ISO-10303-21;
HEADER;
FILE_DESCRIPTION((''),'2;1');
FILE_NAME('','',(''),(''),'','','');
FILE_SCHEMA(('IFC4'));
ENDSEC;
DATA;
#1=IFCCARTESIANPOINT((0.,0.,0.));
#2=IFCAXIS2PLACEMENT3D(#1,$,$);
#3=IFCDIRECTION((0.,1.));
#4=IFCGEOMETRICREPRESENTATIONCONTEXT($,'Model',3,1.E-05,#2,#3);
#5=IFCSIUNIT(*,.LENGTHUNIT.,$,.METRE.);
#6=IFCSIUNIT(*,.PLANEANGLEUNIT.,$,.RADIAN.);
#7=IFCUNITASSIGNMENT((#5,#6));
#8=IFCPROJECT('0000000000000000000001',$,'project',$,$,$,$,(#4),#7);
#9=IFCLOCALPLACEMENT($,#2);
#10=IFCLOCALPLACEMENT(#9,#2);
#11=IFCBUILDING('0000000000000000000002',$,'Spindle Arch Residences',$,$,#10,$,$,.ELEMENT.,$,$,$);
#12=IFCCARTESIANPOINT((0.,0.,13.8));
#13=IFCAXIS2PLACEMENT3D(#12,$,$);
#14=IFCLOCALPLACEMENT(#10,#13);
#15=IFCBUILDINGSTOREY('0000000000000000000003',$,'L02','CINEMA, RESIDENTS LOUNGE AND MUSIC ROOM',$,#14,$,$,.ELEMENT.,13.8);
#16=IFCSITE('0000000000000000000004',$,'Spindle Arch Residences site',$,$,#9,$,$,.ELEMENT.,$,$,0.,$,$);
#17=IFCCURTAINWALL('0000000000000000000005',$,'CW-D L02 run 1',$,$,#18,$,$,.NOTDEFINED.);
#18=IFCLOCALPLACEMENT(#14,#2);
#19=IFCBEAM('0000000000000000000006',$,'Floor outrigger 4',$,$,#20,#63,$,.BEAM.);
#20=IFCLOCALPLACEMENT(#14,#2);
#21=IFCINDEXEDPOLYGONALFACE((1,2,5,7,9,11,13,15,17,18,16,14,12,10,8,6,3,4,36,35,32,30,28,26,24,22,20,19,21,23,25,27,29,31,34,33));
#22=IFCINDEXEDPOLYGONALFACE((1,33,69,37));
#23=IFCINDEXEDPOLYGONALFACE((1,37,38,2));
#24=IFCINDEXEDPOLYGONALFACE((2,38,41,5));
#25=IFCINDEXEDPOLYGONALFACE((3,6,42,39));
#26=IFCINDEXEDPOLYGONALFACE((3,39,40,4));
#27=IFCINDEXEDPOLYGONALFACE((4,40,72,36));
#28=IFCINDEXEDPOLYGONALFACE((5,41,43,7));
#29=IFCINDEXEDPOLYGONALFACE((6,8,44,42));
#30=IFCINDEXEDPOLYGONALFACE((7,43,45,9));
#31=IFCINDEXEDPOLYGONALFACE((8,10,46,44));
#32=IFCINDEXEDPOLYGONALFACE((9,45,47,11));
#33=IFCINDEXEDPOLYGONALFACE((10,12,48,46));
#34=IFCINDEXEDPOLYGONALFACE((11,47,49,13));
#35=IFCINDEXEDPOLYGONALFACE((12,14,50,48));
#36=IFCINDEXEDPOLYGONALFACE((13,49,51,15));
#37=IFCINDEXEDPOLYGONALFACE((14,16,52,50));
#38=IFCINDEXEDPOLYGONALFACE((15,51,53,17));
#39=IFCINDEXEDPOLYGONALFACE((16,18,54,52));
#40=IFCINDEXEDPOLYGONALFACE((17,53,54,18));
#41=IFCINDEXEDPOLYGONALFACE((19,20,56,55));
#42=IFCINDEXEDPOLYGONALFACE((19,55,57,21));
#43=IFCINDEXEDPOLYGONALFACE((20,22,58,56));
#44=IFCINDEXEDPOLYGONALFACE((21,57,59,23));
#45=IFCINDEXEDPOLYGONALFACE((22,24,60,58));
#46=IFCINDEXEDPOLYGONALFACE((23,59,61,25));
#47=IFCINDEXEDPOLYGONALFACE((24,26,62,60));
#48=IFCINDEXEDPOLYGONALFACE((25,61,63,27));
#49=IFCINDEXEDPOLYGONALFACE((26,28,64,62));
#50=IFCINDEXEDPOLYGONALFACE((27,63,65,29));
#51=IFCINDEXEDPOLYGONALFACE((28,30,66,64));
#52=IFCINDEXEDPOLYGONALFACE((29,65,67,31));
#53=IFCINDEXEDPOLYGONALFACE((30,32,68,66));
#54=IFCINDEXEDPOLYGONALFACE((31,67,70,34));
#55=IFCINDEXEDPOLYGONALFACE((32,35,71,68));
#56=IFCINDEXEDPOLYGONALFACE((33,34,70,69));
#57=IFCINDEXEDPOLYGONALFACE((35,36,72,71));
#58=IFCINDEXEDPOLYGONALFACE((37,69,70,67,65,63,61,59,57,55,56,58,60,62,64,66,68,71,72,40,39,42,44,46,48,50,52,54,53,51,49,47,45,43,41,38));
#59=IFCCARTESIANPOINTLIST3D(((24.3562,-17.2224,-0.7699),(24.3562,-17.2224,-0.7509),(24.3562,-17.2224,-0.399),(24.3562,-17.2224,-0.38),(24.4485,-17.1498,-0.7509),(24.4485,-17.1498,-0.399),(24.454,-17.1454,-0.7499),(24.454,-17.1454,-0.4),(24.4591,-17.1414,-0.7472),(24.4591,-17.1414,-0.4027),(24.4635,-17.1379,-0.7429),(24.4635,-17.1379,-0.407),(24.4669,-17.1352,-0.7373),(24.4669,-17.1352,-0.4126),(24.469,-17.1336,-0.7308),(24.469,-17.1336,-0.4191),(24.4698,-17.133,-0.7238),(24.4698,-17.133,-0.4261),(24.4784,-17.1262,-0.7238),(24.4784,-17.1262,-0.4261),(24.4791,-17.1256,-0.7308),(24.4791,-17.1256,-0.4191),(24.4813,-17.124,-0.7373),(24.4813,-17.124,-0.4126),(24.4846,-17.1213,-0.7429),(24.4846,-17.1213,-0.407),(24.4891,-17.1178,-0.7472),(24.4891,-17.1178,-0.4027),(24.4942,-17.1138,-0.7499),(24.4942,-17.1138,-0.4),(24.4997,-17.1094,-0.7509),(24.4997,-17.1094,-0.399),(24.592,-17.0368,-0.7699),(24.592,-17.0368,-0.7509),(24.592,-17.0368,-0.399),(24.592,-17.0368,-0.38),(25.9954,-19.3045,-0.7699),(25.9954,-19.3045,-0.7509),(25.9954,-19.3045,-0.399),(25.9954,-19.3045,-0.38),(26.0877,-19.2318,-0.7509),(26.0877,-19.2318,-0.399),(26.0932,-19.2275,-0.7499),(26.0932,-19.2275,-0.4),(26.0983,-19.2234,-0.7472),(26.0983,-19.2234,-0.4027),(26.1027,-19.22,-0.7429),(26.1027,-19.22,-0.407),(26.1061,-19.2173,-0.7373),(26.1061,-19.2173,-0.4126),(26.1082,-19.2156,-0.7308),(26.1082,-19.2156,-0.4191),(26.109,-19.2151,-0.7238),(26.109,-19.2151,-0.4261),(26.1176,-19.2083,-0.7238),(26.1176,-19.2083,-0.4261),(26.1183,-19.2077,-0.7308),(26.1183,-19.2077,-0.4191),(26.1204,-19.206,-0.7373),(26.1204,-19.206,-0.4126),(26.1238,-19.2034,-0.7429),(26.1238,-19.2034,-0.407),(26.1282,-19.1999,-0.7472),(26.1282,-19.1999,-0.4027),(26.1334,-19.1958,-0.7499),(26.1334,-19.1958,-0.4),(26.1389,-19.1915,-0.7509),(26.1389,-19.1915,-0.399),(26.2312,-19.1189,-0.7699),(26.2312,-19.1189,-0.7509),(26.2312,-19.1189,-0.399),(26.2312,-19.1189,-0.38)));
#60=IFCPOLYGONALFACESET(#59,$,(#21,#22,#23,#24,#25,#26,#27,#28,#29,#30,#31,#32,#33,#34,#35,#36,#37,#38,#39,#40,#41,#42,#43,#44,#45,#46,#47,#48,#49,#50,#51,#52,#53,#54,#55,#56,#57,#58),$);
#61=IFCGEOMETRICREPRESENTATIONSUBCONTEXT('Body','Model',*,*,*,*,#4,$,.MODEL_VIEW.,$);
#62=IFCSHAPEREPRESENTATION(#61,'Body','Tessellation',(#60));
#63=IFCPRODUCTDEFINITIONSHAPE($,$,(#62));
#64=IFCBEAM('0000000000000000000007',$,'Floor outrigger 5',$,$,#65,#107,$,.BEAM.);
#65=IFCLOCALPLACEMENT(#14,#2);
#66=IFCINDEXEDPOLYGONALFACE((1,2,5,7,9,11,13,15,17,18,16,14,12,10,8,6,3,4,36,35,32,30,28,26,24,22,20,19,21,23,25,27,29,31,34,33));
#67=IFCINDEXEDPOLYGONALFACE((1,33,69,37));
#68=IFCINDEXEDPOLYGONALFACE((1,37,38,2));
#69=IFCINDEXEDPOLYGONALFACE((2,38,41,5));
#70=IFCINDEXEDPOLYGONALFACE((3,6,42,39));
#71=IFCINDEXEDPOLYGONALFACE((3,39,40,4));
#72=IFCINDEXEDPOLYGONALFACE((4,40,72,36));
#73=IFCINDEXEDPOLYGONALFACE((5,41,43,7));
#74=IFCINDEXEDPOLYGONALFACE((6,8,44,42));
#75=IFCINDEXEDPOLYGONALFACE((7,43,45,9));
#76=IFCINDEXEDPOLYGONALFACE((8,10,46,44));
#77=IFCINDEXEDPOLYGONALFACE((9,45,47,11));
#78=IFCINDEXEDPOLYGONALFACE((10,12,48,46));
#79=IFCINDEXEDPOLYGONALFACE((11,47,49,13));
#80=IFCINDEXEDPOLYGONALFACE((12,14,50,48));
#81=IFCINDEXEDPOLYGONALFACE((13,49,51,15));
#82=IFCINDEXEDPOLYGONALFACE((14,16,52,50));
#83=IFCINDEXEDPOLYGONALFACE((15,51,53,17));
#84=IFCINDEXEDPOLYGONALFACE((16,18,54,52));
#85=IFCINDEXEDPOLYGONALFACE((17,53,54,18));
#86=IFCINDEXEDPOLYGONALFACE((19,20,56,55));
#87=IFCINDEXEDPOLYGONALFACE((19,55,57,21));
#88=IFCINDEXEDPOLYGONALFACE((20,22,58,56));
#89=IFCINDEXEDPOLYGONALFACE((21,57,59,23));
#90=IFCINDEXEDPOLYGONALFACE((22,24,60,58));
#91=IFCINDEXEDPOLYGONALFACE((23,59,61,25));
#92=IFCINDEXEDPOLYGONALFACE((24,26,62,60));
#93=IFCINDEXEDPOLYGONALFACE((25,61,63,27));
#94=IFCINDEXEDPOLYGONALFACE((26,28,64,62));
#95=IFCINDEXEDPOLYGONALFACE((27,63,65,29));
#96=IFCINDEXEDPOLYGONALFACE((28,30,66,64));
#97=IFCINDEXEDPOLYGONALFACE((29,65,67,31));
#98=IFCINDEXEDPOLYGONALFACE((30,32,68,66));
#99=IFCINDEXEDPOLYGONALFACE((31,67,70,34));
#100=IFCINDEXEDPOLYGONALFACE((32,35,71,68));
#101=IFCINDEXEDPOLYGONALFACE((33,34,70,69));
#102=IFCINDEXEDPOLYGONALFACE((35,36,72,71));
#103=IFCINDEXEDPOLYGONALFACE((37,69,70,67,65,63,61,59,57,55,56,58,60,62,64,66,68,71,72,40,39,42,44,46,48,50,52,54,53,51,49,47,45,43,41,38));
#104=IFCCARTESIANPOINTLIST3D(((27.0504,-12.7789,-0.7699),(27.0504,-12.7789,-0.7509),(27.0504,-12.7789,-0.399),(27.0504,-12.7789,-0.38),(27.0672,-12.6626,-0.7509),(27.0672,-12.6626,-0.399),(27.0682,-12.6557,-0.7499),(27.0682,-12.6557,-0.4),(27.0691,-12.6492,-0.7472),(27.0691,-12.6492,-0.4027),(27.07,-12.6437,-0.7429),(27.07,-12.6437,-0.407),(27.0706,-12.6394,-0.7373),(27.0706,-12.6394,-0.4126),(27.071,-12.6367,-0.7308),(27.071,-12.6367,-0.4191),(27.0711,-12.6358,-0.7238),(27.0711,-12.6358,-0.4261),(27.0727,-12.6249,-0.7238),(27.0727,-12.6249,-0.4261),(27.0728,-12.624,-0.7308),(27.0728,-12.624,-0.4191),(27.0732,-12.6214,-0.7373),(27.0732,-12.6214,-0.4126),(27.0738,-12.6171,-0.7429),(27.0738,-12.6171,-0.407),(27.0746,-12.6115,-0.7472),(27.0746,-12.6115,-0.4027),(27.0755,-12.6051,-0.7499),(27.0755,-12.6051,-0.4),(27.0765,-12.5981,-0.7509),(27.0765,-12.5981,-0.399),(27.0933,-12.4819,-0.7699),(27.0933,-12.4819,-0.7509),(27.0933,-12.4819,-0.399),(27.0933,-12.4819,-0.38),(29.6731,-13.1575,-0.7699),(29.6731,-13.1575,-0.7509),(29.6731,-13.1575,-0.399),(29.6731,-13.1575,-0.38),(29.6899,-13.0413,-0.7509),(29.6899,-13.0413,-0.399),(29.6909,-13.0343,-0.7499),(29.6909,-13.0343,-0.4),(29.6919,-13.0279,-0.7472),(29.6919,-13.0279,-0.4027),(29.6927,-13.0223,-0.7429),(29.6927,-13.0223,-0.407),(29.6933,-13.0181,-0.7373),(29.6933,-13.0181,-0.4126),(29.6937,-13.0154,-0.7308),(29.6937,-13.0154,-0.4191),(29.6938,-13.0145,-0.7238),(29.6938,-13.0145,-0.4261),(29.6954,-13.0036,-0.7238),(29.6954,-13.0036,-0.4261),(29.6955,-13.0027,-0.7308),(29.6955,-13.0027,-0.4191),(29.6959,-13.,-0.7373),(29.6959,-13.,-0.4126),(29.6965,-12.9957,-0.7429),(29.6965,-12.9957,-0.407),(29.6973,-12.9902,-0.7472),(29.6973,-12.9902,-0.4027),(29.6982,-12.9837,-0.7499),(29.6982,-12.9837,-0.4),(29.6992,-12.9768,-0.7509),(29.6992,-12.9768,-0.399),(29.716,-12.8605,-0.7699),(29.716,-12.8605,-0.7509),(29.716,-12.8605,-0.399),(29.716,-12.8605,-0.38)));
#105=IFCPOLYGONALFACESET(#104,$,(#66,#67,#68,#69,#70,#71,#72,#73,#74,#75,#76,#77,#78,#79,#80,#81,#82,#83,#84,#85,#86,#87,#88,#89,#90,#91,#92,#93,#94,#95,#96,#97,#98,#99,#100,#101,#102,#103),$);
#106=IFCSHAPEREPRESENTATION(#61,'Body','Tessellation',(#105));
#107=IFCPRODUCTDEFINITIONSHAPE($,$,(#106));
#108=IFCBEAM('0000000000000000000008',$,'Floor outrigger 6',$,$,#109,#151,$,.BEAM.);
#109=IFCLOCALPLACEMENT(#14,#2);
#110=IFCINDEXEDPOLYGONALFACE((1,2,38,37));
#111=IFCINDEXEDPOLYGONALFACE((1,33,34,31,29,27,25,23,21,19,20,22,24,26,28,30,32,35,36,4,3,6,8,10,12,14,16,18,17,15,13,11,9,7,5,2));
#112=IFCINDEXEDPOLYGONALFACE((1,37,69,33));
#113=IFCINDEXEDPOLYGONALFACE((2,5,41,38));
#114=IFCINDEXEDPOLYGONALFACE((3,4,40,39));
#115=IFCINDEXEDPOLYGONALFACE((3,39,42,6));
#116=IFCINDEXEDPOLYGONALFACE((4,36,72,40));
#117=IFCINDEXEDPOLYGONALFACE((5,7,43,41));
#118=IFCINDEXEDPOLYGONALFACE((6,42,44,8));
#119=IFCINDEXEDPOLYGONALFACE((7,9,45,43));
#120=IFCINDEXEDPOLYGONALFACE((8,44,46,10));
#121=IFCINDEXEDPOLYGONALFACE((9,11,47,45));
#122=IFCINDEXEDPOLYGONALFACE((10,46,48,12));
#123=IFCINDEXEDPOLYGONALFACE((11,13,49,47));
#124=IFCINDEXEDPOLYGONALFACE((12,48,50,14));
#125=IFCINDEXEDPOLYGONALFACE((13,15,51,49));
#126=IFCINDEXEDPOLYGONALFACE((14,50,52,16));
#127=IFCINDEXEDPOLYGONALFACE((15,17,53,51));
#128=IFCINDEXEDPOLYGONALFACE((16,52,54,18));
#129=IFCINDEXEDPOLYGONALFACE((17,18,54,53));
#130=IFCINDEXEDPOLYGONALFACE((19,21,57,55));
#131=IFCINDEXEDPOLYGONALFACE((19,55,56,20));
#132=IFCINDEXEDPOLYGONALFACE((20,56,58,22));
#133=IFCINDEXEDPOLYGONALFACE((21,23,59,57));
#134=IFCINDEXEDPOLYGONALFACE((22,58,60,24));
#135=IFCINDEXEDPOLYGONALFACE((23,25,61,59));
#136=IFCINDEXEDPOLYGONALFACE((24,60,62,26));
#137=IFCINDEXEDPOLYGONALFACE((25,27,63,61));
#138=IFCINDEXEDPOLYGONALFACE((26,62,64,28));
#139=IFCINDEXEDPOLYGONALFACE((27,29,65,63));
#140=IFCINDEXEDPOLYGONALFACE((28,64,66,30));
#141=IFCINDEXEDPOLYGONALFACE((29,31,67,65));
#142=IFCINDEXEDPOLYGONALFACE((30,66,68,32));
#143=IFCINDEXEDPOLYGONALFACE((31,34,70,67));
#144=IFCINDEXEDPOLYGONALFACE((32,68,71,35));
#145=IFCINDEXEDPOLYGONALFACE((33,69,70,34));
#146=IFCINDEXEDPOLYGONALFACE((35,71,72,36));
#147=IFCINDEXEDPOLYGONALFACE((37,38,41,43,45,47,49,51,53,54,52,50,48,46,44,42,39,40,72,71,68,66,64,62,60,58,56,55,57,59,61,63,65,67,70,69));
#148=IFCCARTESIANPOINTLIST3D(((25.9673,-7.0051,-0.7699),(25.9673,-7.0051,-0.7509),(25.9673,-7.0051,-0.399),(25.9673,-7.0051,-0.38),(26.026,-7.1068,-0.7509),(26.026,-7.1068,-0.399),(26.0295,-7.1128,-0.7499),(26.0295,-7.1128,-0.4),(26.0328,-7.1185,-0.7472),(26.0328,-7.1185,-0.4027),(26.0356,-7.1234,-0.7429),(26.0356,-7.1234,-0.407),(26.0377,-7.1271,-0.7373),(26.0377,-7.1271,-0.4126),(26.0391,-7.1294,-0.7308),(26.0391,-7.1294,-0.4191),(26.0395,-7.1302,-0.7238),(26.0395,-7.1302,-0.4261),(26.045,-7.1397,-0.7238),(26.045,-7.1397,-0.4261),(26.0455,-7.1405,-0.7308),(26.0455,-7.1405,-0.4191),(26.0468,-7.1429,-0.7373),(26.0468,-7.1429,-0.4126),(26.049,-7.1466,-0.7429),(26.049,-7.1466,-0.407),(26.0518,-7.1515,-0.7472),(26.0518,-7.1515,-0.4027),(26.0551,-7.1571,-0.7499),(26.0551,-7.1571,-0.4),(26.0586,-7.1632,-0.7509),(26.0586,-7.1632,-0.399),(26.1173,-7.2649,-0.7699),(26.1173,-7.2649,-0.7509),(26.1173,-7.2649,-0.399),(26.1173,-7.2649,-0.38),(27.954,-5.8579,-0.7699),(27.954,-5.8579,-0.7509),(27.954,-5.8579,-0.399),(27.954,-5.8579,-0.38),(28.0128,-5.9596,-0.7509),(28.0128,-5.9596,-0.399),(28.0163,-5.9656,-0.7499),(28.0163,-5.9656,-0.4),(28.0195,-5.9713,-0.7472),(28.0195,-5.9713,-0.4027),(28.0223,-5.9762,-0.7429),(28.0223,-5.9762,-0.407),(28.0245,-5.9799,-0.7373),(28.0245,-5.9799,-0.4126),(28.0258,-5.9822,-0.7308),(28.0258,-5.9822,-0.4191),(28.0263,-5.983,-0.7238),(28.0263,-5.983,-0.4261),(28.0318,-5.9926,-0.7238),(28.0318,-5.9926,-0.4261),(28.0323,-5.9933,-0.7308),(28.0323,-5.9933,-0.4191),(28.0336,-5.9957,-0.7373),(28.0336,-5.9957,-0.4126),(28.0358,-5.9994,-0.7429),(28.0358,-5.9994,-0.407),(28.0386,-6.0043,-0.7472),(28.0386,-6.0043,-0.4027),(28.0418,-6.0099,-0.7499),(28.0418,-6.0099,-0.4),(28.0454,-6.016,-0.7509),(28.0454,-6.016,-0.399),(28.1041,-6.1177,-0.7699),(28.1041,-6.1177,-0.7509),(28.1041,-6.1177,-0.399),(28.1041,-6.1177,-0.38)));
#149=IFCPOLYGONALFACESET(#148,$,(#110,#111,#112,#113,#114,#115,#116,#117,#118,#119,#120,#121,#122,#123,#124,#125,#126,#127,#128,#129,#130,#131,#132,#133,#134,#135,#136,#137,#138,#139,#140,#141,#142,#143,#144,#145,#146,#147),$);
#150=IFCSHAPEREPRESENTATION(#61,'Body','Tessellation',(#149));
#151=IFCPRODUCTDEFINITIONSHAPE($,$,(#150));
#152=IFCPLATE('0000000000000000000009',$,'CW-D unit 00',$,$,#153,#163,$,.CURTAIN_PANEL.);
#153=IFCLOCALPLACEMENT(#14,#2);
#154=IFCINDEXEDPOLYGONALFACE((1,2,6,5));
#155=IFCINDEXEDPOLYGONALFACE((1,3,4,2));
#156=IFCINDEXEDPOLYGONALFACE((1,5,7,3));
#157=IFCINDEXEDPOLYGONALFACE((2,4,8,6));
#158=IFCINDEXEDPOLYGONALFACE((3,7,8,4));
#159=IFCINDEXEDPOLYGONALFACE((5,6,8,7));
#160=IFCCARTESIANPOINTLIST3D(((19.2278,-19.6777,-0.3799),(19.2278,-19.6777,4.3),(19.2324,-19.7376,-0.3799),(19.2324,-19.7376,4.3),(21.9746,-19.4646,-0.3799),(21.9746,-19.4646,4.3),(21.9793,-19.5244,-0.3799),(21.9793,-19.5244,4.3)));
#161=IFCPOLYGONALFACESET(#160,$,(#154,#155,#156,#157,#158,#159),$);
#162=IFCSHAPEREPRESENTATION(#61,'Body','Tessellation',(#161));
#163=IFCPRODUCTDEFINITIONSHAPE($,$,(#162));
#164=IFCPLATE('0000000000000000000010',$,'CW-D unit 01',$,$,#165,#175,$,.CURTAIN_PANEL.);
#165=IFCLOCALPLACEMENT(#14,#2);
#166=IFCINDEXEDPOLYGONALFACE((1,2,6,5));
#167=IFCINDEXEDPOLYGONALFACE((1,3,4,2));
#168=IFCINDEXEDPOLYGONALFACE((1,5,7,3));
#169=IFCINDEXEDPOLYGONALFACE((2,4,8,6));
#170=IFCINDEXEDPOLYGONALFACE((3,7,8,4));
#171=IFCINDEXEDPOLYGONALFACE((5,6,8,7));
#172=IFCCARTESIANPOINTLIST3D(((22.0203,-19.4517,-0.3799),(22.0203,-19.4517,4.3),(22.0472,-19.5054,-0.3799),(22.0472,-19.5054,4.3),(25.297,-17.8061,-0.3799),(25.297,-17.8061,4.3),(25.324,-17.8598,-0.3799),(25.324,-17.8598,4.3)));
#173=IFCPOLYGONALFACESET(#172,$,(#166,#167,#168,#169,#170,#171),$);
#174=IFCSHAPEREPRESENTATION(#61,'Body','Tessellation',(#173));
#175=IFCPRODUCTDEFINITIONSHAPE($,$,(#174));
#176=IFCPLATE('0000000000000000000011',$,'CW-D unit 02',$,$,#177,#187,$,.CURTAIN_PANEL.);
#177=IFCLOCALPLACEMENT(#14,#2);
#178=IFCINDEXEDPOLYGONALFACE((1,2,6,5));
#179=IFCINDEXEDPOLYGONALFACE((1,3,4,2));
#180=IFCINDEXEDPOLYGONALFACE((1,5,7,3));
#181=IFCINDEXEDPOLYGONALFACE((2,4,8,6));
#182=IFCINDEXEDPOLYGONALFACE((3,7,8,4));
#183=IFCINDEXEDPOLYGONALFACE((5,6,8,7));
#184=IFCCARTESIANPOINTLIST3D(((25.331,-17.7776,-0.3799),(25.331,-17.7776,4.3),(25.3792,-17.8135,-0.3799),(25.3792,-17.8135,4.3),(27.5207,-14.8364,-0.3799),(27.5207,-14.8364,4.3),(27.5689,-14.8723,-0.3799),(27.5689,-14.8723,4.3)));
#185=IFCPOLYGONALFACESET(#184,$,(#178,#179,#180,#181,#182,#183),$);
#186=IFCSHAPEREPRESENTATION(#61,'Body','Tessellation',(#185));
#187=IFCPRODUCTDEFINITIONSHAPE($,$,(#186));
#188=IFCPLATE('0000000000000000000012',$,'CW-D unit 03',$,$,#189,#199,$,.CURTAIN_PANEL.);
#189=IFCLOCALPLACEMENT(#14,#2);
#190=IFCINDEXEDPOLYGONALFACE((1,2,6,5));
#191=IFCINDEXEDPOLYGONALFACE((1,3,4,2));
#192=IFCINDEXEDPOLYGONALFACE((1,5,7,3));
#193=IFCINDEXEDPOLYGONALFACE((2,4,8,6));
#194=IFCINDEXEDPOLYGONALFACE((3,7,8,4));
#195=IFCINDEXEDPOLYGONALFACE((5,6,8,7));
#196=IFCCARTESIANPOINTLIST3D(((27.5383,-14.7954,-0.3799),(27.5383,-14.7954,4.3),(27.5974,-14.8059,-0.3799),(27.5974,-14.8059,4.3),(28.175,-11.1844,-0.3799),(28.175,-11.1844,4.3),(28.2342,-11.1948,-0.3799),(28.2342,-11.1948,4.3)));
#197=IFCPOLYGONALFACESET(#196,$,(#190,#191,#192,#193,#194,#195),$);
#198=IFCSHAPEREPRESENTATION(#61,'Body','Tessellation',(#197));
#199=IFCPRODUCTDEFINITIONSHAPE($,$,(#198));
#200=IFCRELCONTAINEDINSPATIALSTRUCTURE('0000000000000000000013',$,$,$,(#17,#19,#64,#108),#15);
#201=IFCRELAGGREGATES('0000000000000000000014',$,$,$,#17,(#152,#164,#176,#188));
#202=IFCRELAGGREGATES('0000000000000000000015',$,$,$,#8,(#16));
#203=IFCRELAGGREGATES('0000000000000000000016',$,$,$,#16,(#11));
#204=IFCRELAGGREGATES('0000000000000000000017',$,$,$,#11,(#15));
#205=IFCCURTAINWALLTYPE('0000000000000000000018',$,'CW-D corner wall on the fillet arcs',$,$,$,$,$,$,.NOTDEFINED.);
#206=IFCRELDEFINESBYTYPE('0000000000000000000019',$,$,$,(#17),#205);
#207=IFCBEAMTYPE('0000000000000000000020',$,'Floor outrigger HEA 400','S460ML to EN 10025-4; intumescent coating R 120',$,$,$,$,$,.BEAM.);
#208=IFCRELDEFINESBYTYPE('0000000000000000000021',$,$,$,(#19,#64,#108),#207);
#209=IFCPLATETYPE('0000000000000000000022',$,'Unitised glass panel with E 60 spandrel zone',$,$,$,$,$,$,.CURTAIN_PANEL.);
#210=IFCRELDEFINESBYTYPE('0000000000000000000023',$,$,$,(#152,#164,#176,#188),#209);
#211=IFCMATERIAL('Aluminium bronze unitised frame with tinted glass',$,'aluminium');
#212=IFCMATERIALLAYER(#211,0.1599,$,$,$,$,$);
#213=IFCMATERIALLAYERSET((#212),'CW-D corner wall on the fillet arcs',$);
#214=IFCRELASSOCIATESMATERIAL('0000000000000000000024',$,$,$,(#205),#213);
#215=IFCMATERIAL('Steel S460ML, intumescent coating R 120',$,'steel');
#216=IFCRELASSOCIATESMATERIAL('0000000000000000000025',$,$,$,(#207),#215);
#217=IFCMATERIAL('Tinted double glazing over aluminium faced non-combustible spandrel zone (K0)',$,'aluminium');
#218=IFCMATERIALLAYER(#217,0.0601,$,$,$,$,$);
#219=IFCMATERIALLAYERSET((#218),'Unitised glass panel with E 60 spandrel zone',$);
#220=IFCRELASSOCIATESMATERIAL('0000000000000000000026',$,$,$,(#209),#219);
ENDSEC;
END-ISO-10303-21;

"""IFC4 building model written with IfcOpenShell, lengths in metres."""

from ifc_helpers import new_model, si_unit, direction, frame, origin, origin_2d, place, context, subcontext, project, spatial, rectangle, i_section, extrude, material, layer, layer_set, material_profile, profile_set, type_object, element, aggregate, save


model = new_model("IFC4")

# Units and contexts
model_context = context("Model", 3, precision=1e-05, world=origin(), true_north=direction((0.0, 1.0)))
body_context = subcontext(model_context, "Body", "Model", "MODEL_VIEW")
ifc_project = project(units=[si_unit("LENGTHUNIT", "METRE"), si_unit("PLANEANGLEUNIT", "RADIAN")], contexts=[model_context])

# Site, building, storey
site_placement = place(None, origin())
site = spatial("IfcSite", under=ifc_project, at=site_placement, Name="Spindle Arch Residences site", CompositionType="ELEMENT", RefElevation=0.0)
building_placement = place(site_placement, origin())
building = spatial("IfcBuilding", under=site, at=building_placement, Name="Spindle Arch Residences", CompositionType="ELEMENT")
storey_placement = place(building_placement, frame((0.0, 0.0, 13.8)))
storey = spatial("IfcBuildingStorey", under=building, at=storey_placement, Name="L02", Description="CINEMA, RESIDENTS LOUNGE AND MUSIC ROOM", CompositionType="ELEMENT", Elevation=13.8)

# Curtain wall
ifc_material_1 = material(Name="Aluminium bronze unitised frame with tinted glass", Category="aluminium")
ifc_layer_1 = layer(ifc_material_1, 0.1599)
ifc_layer_set_1 = layer_set([ifc_layer_1], Name="CW-D corner wall on the fillet arcs")
curtain_wall_type_1 = type_object("IfcCurtainWallType", Name="CW-D corner wall on the fillet arcs", PredefinedType="NOTDEFINED", material=ifc_layer_set_1)
curtain_wall_1_placement = place(storey_placement, origin())
curtain_wall_1 = element("IfcCurtainWall", 1, at=curtain_wall_1_placement, inside=storey, type_object=curtain_wall_type_1, Name="CW-D L02 run 1", PredefinedType="NOTDEFINED")

# Beams
ifc_material_2 = material(Name="Steel S460ML, intumescent coating R 120", Category="steel")
ifc_material_profile_1 = material_profile(ifc_material_2, i_section(OverallWidth=0.3, OverallDepth=0.3899, WebThickness=0.011, FlangeThickness=0.019, FilletRadius=0.0271, at=origin_2d()), Name="HEA 400")
ifc_profile_set_1 = profile_set([ifc_material_profile_1], Name="Steel S460ML, intumescent coating R 120")
beam_type_1 = type_object("IfcBeamType", Name="Floor outrigger HEA 400", Description="S460ML to EN 10025-4; intumescent coating R 120", PredefinedType="BEAM", material=ifc_profile_set_1)
for number, where, z_axis, x_axis, name in (
    (2, (26.1133, -19.2117, -0.575), (-0.618586, 0.785717, 0.0), (-0.785717, -0.618586, 0.0), "Floor outrigger 4"),
    (3, (29.6946, -13.009, -0.575), (-0.989738, 0.142892, 0.0), (-0.142892, -0.989738, 0.0), "Floor outrigger 5"),
):
    element("IfcBeam", number, at=place(storey_placement, frame(where, z_axis=z_axis, x_axis=x_axis)), inside=storey, type_object=beam_type_1, Name=name, PredefinedType="BEAM", context=body_context, shape_type="SweptSolid", body=[
        extrude(i_section(OverallWidth=0.3, OverallDepth=0.3899, WebThickness=0.011, FlangeThickness=0.019, FilletRadius=0.0271, at=origin_2d()), origin(), (0.0, 0.0, 1.0), 2.6499),
    ])
beam_1_placement = place(storey_placement, frame((28.0291, -5.9878, -0.575), z_axis=(-0.866001, -0.500042, 0.0), x_axis=(0.500042, -0.866001, 0.0)))
element("IfcBeam", 4, at=beam_1_placement, inside=storey, type_object=beam_type_1, Name="Floor outrigger 6", PredefinedType="BEAM", context=body_context, shape_type="SweptSolid", body=[
    extrude(i_section(OverallWidth=0.3, OverallDepth=0.3899, WebThickness=0.011, FlangeThickness=0.019, FilletRadius=0.0271, at=origin_2d()), origin(), (0.0, 0.0, 1.0), 2.2942),
])

# Plates
ifc_material_3 = material(Name="Tinted double glazing over aluminium faced non-combustible spandrel zone (K0)", Category="aluminium")
ifc_layer_2 = layer(ifc_material_3, 0.0601)
ifc_layer_set_2 = layer_set([ifc_layer_2], Name="Unitised glass panel with E 60 spandrel zone")
plate_type = type_object("IfcPlateType", Name="Unitised glass panel with E 60 spandrel zone", PredefinedType="CURTAIN_PANEL", material=ifc_layer_set_2)
plate_1_placement = place(storey_placement, frame((20.6035, -19.6011, -0.3799), z_axis=(0.0, 0.0, 1.0), x_axis=(0.997003, 0.077364, 0.0)))
plate_1 = element("IfcPlate", 5, at=plate_1_placement, type_object=plate_type, Name="CW-D unit 00", PredefinedType="CURTAIN_PANEL", context=body_context, shape_type="SweptSolid", body=[
    extrude(rectangle(XDim=2.7551, YDim=0.0601, at=origin_2d()), origin(), (0.0, 0.0, 1.0), 4.6799),
])
plate_2_placement = place(storey_placement, frame((23.6721, -18.6558, -0.3799), z_axis=(0.0, 0.0, 1.0), x_axis=(0.893633, 0.448799, 0.0)))
plate_2 = element("IfcPlate", 6, at=plate_2_placement, type_object=plate_type, Name="CW-D unit 01", PredefinedType="CURTAIN_PANEL", context=body_context, shape_type="SweptSolid", body=[
    extrude(rectangle(XDim=3.6667, YDim=0.0601, at=origin_2d()), origin(), (0.0, 0.0, 1.0), 4.6799),
])
plate_3_placement = place(storey_placement, frame((26.45, -16.325, -0.3799), z_axis=(0.0, 0.0, 1.0), x_axis=(0.597159, 0.802123, 0.0)))
plate_3 = element("IfcPlate", 7, at=plate_3_placement, type_object=plate_type, Name="CW-D unit 02", PredefinedType="CURTAIN_PANEL", context=body_context, shape_type="SweptSolid", body=[
    extrude(rectangle(XDim=3.6667, YDim=0.0601, at=origin_2d()), origin(), (0.0, 0.0, 1.0), 4.6799),
])
plate_4_placement = place(storey_placement, frame((27.8862, -12.9951, -0.3799), z_axis=(0.0, 0.0, 1.0), x_axis=(0.173648, 0.984808, 0.0)))
plate_4 = element("IfcPlate", 8, at=plate_4_placement, type_object=plate_type, Name="CW-D unit 03", PredefinedType="CURTAIN_PANEL", context=body_context, shape_type="SweptSolid", body=[
    extrude(rectangle(XDim=3.6667, YDim=0.0601, at=origin_2d()), origin(), (0.0, 0.0, 1.0), 4.6799),
])
aggregate(curtain_wall_1, [plate_1, plate_2, plate_3, plate_4])

save(model, "model.ifc")
